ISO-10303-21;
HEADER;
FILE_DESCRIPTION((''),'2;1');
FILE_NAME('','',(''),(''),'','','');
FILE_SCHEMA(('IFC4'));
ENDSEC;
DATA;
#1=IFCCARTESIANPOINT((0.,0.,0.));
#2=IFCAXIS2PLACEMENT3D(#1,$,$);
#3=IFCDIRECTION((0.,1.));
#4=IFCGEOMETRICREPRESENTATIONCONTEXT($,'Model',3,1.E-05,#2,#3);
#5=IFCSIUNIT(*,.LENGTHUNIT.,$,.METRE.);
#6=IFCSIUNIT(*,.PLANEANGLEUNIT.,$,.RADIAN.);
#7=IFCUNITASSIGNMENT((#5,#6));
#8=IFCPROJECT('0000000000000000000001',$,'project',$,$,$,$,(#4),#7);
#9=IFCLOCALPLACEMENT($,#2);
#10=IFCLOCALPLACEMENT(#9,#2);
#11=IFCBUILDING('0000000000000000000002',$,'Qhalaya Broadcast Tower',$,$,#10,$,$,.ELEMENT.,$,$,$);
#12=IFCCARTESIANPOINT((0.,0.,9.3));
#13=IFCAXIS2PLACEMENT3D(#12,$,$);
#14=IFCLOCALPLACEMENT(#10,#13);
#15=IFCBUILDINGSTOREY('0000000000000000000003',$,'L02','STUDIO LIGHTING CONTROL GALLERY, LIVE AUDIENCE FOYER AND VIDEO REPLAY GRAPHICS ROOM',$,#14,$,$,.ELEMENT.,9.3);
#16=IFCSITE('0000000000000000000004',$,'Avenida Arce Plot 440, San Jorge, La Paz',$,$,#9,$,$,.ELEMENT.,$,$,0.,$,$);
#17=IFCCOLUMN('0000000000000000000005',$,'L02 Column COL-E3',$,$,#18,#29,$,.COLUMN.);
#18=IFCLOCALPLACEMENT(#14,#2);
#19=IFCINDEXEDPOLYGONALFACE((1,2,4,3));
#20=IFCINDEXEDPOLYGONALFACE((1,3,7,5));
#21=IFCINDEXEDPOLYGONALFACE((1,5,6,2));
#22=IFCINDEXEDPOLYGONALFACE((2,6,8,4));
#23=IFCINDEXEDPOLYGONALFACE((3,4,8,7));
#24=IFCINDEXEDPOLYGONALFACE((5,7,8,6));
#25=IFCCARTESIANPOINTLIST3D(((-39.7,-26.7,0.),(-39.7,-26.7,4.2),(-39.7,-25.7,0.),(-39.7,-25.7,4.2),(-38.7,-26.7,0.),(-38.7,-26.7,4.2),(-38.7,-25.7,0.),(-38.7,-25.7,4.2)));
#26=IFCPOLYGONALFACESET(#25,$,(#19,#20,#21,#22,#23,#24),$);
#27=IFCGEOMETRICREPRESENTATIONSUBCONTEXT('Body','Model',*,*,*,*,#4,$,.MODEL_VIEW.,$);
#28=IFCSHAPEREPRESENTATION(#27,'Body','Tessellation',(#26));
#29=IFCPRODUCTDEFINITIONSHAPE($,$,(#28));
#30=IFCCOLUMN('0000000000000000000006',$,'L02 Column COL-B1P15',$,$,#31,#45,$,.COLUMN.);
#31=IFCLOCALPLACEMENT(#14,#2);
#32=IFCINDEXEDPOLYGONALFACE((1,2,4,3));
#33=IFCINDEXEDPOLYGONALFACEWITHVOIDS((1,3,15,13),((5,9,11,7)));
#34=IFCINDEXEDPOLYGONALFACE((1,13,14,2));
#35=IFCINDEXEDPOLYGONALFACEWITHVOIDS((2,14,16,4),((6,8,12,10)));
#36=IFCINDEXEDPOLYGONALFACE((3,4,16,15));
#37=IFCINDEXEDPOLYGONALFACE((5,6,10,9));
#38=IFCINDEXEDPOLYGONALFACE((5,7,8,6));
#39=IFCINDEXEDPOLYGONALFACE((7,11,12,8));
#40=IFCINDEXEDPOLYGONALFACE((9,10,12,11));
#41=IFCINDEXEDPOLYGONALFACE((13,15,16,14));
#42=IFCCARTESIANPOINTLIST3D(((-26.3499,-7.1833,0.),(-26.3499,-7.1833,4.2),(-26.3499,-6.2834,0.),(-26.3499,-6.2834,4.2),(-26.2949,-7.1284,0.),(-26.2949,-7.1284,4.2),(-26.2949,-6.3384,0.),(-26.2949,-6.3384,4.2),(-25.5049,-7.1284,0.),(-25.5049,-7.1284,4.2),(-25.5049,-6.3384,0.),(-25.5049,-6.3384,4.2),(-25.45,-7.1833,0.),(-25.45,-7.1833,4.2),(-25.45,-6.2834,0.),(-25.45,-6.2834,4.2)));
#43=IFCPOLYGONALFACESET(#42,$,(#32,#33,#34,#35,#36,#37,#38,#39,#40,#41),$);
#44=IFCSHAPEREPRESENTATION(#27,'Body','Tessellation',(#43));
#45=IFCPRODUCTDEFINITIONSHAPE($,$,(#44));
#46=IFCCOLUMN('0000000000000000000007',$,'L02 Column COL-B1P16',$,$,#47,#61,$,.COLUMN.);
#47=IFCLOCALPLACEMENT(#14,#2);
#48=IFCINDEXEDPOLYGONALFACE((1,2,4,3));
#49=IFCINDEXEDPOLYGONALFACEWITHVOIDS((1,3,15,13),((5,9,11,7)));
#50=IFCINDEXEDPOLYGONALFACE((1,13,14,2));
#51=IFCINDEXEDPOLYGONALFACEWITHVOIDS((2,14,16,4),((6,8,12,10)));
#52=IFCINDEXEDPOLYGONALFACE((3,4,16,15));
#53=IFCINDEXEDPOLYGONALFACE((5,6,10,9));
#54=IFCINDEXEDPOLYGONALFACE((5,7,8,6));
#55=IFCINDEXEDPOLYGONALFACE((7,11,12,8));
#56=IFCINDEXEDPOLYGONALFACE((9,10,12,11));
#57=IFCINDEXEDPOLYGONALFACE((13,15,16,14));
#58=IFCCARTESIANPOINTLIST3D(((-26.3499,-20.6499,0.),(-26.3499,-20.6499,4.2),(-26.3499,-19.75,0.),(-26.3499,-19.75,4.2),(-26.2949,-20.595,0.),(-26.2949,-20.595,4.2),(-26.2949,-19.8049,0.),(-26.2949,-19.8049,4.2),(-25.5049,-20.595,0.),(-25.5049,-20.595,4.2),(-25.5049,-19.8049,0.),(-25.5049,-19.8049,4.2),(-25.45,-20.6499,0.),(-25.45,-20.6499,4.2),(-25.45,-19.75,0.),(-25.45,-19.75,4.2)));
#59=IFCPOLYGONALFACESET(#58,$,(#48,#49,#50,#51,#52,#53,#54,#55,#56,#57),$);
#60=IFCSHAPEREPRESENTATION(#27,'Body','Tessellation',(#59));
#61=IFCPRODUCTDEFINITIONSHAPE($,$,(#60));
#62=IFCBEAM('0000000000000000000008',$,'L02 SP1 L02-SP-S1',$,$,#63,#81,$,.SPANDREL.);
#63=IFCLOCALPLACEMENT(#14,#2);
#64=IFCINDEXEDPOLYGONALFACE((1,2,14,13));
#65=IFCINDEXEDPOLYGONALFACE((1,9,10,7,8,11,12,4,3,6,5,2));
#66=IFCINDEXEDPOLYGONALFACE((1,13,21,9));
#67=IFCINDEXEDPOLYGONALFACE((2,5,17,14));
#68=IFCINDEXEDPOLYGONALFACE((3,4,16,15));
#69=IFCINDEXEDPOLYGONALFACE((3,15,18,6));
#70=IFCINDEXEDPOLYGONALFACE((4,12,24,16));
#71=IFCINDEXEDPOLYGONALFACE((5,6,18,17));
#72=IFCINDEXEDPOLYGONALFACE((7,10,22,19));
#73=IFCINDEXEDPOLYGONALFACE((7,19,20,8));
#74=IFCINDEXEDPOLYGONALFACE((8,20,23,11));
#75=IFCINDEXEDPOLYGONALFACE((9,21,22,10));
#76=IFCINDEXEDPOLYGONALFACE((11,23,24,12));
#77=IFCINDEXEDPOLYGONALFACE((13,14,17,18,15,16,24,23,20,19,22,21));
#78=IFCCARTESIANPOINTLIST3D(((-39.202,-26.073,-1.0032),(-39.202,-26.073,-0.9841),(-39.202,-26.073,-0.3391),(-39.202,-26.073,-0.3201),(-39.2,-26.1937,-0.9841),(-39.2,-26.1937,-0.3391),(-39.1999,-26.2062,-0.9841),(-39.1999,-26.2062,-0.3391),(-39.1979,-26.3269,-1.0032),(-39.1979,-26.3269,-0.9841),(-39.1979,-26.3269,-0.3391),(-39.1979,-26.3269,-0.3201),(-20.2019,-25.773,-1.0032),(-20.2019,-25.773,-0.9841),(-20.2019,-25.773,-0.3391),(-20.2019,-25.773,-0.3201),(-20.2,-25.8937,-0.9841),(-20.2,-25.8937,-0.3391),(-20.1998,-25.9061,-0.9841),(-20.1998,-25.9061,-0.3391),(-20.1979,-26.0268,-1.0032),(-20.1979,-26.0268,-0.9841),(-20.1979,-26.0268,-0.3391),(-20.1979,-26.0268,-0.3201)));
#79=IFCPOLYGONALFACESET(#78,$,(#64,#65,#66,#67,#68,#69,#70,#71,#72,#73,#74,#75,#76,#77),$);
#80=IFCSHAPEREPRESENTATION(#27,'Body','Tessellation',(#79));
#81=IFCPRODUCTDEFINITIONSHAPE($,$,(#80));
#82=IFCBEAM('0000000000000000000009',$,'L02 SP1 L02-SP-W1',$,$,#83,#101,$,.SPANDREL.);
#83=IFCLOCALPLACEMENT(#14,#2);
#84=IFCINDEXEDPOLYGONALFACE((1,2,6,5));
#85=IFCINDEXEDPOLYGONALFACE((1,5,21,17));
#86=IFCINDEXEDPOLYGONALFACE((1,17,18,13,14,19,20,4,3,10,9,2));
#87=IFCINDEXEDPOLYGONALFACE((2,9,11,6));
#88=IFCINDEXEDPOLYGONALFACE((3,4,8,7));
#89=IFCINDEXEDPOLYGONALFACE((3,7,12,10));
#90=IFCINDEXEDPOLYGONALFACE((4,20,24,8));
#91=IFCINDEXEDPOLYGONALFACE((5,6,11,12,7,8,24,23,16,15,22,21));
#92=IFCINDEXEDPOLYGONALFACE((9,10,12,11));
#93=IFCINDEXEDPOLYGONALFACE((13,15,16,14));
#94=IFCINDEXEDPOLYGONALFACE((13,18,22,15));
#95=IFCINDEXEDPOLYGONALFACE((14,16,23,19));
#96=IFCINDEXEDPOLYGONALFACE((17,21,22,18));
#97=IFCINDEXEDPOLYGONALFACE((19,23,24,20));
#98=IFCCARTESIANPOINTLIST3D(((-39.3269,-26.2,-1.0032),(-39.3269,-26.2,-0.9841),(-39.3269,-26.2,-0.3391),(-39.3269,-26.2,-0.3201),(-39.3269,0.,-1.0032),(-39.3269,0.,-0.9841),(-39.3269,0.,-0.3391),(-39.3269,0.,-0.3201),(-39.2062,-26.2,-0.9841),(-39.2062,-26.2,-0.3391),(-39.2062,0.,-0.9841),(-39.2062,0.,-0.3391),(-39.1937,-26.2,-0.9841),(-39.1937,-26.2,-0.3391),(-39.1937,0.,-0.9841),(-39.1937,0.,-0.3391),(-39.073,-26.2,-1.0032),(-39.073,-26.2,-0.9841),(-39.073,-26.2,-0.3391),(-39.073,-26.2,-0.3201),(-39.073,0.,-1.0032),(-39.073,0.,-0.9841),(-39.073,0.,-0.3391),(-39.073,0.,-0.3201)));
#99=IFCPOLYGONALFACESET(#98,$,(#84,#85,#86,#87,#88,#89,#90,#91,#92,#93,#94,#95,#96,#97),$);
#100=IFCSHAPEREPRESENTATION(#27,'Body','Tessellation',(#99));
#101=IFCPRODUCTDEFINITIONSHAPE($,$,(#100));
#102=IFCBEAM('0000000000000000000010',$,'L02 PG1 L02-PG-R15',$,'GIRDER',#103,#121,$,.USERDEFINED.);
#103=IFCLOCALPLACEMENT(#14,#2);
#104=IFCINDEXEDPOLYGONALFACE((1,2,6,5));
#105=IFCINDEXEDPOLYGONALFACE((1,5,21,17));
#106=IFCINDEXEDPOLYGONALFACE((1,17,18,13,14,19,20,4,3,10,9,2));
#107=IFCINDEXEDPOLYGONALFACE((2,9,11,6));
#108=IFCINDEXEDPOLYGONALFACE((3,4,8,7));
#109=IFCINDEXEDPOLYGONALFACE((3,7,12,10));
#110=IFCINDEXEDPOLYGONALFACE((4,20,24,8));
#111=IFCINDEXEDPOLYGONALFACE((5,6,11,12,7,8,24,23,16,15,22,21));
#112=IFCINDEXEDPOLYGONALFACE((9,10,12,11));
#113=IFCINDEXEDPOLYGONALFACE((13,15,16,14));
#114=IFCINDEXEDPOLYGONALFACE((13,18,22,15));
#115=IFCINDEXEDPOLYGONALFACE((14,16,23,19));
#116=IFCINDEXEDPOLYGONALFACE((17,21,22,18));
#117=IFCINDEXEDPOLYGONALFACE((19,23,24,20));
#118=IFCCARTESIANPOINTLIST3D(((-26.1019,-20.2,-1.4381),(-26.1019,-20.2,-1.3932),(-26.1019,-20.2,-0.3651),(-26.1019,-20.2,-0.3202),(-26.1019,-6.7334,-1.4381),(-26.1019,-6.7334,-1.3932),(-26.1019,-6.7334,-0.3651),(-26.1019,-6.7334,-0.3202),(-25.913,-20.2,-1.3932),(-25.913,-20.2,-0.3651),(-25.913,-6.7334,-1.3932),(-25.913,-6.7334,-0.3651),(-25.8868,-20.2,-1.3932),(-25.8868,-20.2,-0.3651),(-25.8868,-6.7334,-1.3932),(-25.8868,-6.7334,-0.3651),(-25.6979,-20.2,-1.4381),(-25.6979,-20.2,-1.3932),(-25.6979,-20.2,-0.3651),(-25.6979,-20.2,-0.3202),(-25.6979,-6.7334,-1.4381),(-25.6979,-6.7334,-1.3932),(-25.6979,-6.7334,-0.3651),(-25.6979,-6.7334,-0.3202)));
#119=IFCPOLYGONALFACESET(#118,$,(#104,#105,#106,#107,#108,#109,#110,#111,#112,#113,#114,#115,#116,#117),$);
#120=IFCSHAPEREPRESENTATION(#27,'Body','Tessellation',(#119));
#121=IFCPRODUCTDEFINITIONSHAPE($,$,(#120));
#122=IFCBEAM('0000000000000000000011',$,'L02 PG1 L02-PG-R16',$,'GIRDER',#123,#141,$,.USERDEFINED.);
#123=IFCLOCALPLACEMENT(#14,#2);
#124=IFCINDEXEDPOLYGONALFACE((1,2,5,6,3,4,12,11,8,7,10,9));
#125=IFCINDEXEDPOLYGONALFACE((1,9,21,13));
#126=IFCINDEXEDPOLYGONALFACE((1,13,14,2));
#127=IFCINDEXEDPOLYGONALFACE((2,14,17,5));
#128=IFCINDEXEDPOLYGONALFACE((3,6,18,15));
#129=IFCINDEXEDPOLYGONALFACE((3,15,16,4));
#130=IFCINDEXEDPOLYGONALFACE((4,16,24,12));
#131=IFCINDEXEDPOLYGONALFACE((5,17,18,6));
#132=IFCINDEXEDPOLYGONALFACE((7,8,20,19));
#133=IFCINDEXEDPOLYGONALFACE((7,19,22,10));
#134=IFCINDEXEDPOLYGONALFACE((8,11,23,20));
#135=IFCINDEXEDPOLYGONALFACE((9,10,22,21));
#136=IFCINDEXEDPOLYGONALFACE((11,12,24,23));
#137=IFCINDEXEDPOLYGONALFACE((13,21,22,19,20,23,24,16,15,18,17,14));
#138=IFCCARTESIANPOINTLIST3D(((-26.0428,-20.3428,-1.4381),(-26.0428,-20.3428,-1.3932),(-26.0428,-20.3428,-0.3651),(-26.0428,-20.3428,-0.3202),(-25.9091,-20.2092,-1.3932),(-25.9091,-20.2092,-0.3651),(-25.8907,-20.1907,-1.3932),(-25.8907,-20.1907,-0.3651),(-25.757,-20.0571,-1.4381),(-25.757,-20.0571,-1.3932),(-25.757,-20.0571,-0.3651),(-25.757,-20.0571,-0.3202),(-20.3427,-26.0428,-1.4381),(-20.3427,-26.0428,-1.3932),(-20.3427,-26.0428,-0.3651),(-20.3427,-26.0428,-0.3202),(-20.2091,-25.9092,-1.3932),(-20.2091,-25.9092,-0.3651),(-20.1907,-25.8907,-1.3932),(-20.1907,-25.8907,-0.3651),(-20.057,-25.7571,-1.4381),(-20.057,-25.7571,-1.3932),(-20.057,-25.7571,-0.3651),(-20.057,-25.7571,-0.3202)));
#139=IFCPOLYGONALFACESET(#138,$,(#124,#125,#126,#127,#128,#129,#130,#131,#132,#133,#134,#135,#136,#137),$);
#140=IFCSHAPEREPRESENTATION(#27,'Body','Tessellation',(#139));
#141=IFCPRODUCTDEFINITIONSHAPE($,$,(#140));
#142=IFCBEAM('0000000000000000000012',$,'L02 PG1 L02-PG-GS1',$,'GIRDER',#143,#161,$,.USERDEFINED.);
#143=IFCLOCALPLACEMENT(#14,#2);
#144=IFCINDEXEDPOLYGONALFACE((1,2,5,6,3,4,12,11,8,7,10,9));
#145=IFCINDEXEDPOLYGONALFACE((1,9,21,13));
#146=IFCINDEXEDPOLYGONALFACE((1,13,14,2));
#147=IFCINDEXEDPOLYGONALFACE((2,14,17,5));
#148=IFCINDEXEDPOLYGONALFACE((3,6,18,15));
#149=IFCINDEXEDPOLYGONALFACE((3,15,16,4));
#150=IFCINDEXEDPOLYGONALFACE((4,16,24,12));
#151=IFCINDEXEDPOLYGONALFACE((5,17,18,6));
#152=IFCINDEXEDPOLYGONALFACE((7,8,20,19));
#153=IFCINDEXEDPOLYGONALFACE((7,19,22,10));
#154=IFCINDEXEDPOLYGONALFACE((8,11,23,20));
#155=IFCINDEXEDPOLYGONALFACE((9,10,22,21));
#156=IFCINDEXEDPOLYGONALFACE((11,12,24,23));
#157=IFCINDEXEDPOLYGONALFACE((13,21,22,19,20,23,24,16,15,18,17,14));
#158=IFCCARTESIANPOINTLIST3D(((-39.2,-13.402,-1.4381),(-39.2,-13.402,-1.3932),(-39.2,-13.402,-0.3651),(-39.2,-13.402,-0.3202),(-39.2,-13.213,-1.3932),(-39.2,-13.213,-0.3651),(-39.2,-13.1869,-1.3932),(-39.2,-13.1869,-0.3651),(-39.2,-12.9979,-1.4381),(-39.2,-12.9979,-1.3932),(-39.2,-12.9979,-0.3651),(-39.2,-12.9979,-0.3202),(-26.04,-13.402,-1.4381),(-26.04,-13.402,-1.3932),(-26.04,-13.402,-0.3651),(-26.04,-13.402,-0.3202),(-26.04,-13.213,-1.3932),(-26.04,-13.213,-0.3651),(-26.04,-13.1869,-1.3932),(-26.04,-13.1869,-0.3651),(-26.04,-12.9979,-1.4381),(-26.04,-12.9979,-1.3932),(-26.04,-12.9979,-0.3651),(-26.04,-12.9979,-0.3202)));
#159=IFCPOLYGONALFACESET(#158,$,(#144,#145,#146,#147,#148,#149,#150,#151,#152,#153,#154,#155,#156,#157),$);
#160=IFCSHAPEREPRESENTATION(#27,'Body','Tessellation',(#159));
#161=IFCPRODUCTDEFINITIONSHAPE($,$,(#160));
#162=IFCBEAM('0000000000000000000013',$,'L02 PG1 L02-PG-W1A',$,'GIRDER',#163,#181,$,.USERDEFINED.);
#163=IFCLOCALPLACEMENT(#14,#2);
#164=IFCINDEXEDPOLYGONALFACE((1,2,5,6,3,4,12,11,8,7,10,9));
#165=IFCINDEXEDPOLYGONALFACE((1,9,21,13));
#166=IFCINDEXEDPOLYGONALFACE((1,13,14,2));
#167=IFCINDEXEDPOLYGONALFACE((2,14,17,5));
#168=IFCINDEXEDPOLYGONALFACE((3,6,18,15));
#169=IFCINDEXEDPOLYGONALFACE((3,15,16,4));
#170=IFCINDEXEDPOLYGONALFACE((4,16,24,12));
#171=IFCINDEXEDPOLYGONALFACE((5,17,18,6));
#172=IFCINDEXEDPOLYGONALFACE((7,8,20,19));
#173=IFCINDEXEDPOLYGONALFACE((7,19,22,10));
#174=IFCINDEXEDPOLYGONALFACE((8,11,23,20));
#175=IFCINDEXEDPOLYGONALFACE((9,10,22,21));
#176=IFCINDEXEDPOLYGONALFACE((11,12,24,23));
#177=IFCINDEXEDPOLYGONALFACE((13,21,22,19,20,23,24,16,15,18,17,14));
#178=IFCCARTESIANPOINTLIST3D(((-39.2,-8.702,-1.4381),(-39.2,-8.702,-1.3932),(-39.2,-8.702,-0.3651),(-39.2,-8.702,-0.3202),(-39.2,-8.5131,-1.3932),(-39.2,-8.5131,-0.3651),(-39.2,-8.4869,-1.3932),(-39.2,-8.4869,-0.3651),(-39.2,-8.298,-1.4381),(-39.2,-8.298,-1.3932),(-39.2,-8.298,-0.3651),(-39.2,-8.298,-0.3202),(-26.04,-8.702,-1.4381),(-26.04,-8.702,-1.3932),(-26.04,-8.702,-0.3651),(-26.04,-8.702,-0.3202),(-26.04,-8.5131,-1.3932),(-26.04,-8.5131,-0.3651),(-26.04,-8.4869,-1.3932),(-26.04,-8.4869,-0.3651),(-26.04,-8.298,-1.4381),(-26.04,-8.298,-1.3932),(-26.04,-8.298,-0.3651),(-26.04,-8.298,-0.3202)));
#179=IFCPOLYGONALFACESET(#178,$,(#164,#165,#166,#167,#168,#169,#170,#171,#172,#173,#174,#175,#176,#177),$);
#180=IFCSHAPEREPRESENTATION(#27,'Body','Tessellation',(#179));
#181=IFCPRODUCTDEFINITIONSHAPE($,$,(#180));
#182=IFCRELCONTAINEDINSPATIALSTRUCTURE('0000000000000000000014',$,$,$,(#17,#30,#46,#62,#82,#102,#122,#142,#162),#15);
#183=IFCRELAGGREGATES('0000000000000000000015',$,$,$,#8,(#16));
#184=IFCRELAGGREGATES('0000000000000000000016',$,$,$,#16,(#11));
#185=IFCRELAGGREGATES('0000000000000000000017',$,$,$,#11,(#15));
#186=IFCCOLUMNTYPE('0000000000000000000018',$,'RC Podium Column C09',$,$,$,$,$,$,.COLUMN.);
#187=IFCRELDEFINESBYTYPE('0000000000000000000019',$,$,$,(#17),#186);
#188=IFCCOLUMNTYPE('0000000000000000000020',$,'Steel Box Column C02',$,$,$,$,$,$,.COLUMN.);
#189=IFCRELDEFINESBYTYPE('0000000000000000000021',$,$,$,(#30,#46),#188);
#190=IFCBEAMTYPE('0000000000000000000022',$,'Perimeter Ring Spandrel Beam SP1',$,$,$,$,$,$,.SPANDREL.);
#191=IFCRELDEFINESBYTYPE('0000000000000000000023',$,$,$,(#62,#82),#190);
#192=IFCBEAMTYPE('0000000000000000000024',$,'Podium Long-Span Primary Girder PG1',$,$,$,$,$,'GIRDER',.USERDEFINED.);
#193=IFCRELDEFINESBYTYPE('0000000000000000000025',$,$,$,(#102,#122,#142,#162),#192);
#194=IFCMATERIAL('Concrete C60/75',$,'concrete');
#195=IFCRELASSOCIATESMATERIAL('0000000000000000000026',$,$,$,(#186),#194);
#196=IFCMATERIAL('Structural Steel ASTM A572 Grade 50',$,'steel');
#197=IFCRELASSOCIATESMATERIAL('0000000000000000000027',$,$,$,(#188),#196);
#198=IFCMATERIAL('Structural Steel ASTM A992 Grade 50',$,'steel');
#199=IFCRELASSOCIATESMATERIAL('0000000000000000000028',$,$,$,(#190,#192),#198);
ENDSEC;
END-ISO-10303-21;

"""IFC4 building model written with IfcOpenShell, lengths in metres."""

from ifc_helpers import new_model, si_unit, direction, frame, origin, origin_2d, place, context, subcontext, project, spatial, rectangle, hollow_rectangle, i_section, extrude, material, material_profile, profile_set, type_object, element, save


model = new_model("IFC4")

# Units and contexts
model_context = context("Model", 3, precision=1e-05, world=origin(), true_north=direction((0.0, 1.0)))
body_context = subcontext(model_context, "Body", "Model", "MODEL_VIEW")
ifc_project = project(units=[si_unit("LENGTHUNIT", "METRE"), si_unit("PLANEANGLEUNIT", "RADIAN")], contexts=[model_context])

# Site, building, storey
site_placement = place(None, origin())
site = spatial("IfcSite", under=ifc_project, at=site_placement, Name="Avenida Arce Plot 440, San Jorge, La Paz", CompositionType="ELEMENT", RefElevation=0.0)
building_placement = place(site_placement, origin())
building = spatial("IfcBuilding", under=site, at=building_placement, Name="Qhalaya Broadcast Tower", CompositionType="ELEMENT")
storey_placement = place(building_placement, frame((0.0, 0.0, 9.3)))
storey = spatial("IfcBuildingStorey", under=building, at=storey_placement, Name="L02", Description="STUDIO LIGHTING CONTROL GALLERY, LIVE AUDIENCE FOYER AND VIDEO REPLAY GRAPHICS ROOM", CompositionType="ELEMENT", Elevation=9.3)

# Columns
ifc_material_1 = material(Name="Concrete C60/75", Category="concrete")
ifc_material_profile_1 = material_profile(ifc_material_1, rectangle(XDim=1.0, YDim=1.0, at=origin_2d()), Name="RC-COL 1000x1000")
ifc_profile_set_1 = profile_set([ifc_material_profile_1], Name="Concrete C60/75")
column_type_1 = type_object("IfcColumnType", Name="RC Podium Column C09", PredefinedType="COLUMN", material=ifc_profile_set_1)
column_placement = place(storey_placement, frame((-39.2, -26.2, 0.0), z_axis=(0.0, 0.0, 1.0), x_axis=(1.0, 0.0, 0.0)))
element("IfcColumn", 1, at=column_placement, inside=storey, type_object=column_type_1, Name="L02 Column COL-E3", PredefinedType="COLUMN", context=body_context, shape_type="SweptSolid", body=[
    extrude(rectangle(XDim=1.0, YDim=1.0, at=origin_2d()), origin(), (0.0, 0.0, 1.0), 4.2),
])
ifc_material_2 = material(Name="Structural Steel ASTM A572 Grade 50", Category="steel")
ifc_material_profile_2 = material_profile(ifc_material_2, hollow_rectangle(XDim=0.8999, YDim=0.8999, WallThickness=0.0549, at=origin_2d()), Name="BOX 900x900x55")
ifc_profile_set_2 = profile_set([ifc_material_profile_2], Name="Structural Steel ASTM A572 Grade 50")
column_type_2 = type_object("IfcColumnType", Name="Steel Box Column C02", PredefinedType="COLUMN", material=ifc_profile_set_2)
for number, where, z_axis, x_axis, name in (
    (2, (-25.8999, -6.7334, 0.0), (0.0, 0.0, 1.0), (0.0, 1.0, 0.0), "L02 Column COL-B1P15"),
    (3, (-25.8999, -20.2, 0.0), (0.0, 0.0, 1.0), (0.0, 1.0, 0.0), "L02 Column COL-B1P16"),
):
    element("IfcColumn", number, at=place(storey_placement, frame(where, z_axis=z_axis, x_axis=x_axis)), inside=storey, type_object=column_type_2, Name=name, PredefinedType="COLUMN", context=body_context, shape_type="SweptSolid", body=[
        extrude(hollow_rectangle(XDim=0.8999, YDim=0.8999, WallThickness=0.0549, at=origin_2d()), origin(), (0.0, 0.0, 1.0), 4.2),
    ])

# Beams
ifc_material_3 = material(Name="Structural Steel ASTM A992 Grade 50", Category="steel")
ifc_material_profile_3 = material_profile(ifc_material_3, i_section(OverallWidth=0.2539, OverallDepth=0.6831, WebThickness=0.0125, FlangeThickness=0.019, at=origin_2d()), Name="W27X94")
ifc_profile_set_3 = profile_set([ifc_material_profile_3], Name="Structural Steel ASTM A992 Grade 50")
beam_type_1 = type_object("IfcBeamType", Name="Perimeter Ring Spandrel Beam SP1", PredefinedType="SPANDREL", material=ifc_profile_set_3)
beam_1_placement = place(storey_placement, frame((-39.2, -26.2, -0.6616), z_axis=(0.999875, 0.01579, 0.0), x_axis=(-0.01579, 0.999875, 0.0)))
element("IfcBeam", 4, at=beam_1_placement, inside=storey, type_object=beam_type_1, Name="L02 SP1 L02-SP-S1", PredefinedType="SPANDREL", context=body_context, shape_type="SweptSolid", body=[
    extrude(i_section(OverallWidth=0.2539, OverallDepth=0.6831, WebThickness=0.0125, FlangeThickness=0.019, at=origin_2d()), origin(), (0.0, 0.0, 1.0), 19.0024),
])
beam_2_placement = place(storey_placement, frame((-39.2, -26.2, -0.6616), z_axis=(0.0, 1.0, 0.0), x_axis=(-1.0, 0.0, 0.0)))
element("IfcBeam", 5, at=beam_2_placement, inside=storey, type_object=beam_type_1, Name="L02 SP1 L02-SP-W1", PredefinedType="SPANDREL", context=body_context, shape_type="SweptSolid", body=[
    extrude(i_section(OverallWidth=0.2539, OverallDepth=0.6831, WebThickness=0.0125, FlangeThickness=0.019, at=origin_2d()), origin(), (0.0, 0.0, 1.0), 26.2),
])
ifc_material_profile_4 = material_profile(ifc_material_3, i_section(OverallWidth=0.4041, OverallDepth=1.1179, WebThickness=0.0261, FlangeThickness=0.0449, at=origin_2d()), Name="W44X335")
ifc_profile_set_4 = profile_set([ifc_material_profile_4], Name="Structural Steel ASTM A992 Grade 50")
beam_type_2 = type_object("IfcBeamType", Name="Podium Long-Span Primary Girder PG1", ElementType="GIRDER", PredefinedType="USERDEFINED", material=ifc_profile_set_4)
beam_3_placement = place(storey_placement, frame((-25.8999, -6.7334, -0.8792), z_axis=(0.0, -1.0, 0.0), x_axis=(1.0, 0.0, 0.0)))
element("IfcBeam", 6, at=beam_3_placement, inside=storey, type_object=beam_type_2, Name="L02 PG1 L02-PG-R15", ObjectType="GIRDER", PredefinedType="USERDEFINED", context=body_context, shape_type="SweptSolid", body=[
    extrude(i_section(OverallWidth=0.4041, OverallDepth=1.1179, WebThickness=0.0261, FlangeThickness=0.0449, at=origin_2d()), origin(), (0.0, 0.0, 1.0), 13.4666),
])
beam_4_placement = place(storey_placement, frame((-25.8999, -20.2, -0.8792), z_axis=(0.707107, -0.707107, 0.0), x_axis=(0.707107, 0.707107, 0.0)))
element("IfcBeam", 7, at=beam_4_placement, inside=storey, type_object=beam_type_2, Name="L02 PG1 L02-PG-R16", ObjectType="GIRDER", PredefinedType="USERDEFINED", context=body_context, shape_type="SweptSolid", body=[
    extrude(i_section(OverallWidth=0.4041, OverallDepth=1.1179, WebThickness=0.0261, FlangeThickness=0.0449, at=origin_2d()), origin(), (0.0, 0.0, 1.0), 8.061),
])
for number, where, z_axis, x_axis, name in (
    (8, (-39.2, -13.2, -0.8792), (1.0, 0.0, 0.0), (0.0, 1.0, 0.0), "L02 PG1 L02-PG-GS1"),
    (9, (-39.2, -8.5, -0.8792), (1.0, 0.0, 0.0), (0.0, 1.0, 0.0), "L02 PG1 L02-PG-W1A"),
):
    element("IfcBeam", number, at=place(storey_placement, frame(where, z_axis=z_axis, x_axis=x_axis)), inside=storey, type_object=beam_type_2, Name=name, ObjectType="GIRDER", PredefinedType="USERDEFINED", context=body_context, shape_type="SweptSolid", body=[
        extrude(i_section(OverallWidth=0.4041, OverallDepth=1.1179, WebThickness=0.0261, FlangeThickness=0.0449, at=origin_2d()), origin(), (0.0, 0.0, 1.0), 13.1599),
    ])

save(model, "model.ifc")
